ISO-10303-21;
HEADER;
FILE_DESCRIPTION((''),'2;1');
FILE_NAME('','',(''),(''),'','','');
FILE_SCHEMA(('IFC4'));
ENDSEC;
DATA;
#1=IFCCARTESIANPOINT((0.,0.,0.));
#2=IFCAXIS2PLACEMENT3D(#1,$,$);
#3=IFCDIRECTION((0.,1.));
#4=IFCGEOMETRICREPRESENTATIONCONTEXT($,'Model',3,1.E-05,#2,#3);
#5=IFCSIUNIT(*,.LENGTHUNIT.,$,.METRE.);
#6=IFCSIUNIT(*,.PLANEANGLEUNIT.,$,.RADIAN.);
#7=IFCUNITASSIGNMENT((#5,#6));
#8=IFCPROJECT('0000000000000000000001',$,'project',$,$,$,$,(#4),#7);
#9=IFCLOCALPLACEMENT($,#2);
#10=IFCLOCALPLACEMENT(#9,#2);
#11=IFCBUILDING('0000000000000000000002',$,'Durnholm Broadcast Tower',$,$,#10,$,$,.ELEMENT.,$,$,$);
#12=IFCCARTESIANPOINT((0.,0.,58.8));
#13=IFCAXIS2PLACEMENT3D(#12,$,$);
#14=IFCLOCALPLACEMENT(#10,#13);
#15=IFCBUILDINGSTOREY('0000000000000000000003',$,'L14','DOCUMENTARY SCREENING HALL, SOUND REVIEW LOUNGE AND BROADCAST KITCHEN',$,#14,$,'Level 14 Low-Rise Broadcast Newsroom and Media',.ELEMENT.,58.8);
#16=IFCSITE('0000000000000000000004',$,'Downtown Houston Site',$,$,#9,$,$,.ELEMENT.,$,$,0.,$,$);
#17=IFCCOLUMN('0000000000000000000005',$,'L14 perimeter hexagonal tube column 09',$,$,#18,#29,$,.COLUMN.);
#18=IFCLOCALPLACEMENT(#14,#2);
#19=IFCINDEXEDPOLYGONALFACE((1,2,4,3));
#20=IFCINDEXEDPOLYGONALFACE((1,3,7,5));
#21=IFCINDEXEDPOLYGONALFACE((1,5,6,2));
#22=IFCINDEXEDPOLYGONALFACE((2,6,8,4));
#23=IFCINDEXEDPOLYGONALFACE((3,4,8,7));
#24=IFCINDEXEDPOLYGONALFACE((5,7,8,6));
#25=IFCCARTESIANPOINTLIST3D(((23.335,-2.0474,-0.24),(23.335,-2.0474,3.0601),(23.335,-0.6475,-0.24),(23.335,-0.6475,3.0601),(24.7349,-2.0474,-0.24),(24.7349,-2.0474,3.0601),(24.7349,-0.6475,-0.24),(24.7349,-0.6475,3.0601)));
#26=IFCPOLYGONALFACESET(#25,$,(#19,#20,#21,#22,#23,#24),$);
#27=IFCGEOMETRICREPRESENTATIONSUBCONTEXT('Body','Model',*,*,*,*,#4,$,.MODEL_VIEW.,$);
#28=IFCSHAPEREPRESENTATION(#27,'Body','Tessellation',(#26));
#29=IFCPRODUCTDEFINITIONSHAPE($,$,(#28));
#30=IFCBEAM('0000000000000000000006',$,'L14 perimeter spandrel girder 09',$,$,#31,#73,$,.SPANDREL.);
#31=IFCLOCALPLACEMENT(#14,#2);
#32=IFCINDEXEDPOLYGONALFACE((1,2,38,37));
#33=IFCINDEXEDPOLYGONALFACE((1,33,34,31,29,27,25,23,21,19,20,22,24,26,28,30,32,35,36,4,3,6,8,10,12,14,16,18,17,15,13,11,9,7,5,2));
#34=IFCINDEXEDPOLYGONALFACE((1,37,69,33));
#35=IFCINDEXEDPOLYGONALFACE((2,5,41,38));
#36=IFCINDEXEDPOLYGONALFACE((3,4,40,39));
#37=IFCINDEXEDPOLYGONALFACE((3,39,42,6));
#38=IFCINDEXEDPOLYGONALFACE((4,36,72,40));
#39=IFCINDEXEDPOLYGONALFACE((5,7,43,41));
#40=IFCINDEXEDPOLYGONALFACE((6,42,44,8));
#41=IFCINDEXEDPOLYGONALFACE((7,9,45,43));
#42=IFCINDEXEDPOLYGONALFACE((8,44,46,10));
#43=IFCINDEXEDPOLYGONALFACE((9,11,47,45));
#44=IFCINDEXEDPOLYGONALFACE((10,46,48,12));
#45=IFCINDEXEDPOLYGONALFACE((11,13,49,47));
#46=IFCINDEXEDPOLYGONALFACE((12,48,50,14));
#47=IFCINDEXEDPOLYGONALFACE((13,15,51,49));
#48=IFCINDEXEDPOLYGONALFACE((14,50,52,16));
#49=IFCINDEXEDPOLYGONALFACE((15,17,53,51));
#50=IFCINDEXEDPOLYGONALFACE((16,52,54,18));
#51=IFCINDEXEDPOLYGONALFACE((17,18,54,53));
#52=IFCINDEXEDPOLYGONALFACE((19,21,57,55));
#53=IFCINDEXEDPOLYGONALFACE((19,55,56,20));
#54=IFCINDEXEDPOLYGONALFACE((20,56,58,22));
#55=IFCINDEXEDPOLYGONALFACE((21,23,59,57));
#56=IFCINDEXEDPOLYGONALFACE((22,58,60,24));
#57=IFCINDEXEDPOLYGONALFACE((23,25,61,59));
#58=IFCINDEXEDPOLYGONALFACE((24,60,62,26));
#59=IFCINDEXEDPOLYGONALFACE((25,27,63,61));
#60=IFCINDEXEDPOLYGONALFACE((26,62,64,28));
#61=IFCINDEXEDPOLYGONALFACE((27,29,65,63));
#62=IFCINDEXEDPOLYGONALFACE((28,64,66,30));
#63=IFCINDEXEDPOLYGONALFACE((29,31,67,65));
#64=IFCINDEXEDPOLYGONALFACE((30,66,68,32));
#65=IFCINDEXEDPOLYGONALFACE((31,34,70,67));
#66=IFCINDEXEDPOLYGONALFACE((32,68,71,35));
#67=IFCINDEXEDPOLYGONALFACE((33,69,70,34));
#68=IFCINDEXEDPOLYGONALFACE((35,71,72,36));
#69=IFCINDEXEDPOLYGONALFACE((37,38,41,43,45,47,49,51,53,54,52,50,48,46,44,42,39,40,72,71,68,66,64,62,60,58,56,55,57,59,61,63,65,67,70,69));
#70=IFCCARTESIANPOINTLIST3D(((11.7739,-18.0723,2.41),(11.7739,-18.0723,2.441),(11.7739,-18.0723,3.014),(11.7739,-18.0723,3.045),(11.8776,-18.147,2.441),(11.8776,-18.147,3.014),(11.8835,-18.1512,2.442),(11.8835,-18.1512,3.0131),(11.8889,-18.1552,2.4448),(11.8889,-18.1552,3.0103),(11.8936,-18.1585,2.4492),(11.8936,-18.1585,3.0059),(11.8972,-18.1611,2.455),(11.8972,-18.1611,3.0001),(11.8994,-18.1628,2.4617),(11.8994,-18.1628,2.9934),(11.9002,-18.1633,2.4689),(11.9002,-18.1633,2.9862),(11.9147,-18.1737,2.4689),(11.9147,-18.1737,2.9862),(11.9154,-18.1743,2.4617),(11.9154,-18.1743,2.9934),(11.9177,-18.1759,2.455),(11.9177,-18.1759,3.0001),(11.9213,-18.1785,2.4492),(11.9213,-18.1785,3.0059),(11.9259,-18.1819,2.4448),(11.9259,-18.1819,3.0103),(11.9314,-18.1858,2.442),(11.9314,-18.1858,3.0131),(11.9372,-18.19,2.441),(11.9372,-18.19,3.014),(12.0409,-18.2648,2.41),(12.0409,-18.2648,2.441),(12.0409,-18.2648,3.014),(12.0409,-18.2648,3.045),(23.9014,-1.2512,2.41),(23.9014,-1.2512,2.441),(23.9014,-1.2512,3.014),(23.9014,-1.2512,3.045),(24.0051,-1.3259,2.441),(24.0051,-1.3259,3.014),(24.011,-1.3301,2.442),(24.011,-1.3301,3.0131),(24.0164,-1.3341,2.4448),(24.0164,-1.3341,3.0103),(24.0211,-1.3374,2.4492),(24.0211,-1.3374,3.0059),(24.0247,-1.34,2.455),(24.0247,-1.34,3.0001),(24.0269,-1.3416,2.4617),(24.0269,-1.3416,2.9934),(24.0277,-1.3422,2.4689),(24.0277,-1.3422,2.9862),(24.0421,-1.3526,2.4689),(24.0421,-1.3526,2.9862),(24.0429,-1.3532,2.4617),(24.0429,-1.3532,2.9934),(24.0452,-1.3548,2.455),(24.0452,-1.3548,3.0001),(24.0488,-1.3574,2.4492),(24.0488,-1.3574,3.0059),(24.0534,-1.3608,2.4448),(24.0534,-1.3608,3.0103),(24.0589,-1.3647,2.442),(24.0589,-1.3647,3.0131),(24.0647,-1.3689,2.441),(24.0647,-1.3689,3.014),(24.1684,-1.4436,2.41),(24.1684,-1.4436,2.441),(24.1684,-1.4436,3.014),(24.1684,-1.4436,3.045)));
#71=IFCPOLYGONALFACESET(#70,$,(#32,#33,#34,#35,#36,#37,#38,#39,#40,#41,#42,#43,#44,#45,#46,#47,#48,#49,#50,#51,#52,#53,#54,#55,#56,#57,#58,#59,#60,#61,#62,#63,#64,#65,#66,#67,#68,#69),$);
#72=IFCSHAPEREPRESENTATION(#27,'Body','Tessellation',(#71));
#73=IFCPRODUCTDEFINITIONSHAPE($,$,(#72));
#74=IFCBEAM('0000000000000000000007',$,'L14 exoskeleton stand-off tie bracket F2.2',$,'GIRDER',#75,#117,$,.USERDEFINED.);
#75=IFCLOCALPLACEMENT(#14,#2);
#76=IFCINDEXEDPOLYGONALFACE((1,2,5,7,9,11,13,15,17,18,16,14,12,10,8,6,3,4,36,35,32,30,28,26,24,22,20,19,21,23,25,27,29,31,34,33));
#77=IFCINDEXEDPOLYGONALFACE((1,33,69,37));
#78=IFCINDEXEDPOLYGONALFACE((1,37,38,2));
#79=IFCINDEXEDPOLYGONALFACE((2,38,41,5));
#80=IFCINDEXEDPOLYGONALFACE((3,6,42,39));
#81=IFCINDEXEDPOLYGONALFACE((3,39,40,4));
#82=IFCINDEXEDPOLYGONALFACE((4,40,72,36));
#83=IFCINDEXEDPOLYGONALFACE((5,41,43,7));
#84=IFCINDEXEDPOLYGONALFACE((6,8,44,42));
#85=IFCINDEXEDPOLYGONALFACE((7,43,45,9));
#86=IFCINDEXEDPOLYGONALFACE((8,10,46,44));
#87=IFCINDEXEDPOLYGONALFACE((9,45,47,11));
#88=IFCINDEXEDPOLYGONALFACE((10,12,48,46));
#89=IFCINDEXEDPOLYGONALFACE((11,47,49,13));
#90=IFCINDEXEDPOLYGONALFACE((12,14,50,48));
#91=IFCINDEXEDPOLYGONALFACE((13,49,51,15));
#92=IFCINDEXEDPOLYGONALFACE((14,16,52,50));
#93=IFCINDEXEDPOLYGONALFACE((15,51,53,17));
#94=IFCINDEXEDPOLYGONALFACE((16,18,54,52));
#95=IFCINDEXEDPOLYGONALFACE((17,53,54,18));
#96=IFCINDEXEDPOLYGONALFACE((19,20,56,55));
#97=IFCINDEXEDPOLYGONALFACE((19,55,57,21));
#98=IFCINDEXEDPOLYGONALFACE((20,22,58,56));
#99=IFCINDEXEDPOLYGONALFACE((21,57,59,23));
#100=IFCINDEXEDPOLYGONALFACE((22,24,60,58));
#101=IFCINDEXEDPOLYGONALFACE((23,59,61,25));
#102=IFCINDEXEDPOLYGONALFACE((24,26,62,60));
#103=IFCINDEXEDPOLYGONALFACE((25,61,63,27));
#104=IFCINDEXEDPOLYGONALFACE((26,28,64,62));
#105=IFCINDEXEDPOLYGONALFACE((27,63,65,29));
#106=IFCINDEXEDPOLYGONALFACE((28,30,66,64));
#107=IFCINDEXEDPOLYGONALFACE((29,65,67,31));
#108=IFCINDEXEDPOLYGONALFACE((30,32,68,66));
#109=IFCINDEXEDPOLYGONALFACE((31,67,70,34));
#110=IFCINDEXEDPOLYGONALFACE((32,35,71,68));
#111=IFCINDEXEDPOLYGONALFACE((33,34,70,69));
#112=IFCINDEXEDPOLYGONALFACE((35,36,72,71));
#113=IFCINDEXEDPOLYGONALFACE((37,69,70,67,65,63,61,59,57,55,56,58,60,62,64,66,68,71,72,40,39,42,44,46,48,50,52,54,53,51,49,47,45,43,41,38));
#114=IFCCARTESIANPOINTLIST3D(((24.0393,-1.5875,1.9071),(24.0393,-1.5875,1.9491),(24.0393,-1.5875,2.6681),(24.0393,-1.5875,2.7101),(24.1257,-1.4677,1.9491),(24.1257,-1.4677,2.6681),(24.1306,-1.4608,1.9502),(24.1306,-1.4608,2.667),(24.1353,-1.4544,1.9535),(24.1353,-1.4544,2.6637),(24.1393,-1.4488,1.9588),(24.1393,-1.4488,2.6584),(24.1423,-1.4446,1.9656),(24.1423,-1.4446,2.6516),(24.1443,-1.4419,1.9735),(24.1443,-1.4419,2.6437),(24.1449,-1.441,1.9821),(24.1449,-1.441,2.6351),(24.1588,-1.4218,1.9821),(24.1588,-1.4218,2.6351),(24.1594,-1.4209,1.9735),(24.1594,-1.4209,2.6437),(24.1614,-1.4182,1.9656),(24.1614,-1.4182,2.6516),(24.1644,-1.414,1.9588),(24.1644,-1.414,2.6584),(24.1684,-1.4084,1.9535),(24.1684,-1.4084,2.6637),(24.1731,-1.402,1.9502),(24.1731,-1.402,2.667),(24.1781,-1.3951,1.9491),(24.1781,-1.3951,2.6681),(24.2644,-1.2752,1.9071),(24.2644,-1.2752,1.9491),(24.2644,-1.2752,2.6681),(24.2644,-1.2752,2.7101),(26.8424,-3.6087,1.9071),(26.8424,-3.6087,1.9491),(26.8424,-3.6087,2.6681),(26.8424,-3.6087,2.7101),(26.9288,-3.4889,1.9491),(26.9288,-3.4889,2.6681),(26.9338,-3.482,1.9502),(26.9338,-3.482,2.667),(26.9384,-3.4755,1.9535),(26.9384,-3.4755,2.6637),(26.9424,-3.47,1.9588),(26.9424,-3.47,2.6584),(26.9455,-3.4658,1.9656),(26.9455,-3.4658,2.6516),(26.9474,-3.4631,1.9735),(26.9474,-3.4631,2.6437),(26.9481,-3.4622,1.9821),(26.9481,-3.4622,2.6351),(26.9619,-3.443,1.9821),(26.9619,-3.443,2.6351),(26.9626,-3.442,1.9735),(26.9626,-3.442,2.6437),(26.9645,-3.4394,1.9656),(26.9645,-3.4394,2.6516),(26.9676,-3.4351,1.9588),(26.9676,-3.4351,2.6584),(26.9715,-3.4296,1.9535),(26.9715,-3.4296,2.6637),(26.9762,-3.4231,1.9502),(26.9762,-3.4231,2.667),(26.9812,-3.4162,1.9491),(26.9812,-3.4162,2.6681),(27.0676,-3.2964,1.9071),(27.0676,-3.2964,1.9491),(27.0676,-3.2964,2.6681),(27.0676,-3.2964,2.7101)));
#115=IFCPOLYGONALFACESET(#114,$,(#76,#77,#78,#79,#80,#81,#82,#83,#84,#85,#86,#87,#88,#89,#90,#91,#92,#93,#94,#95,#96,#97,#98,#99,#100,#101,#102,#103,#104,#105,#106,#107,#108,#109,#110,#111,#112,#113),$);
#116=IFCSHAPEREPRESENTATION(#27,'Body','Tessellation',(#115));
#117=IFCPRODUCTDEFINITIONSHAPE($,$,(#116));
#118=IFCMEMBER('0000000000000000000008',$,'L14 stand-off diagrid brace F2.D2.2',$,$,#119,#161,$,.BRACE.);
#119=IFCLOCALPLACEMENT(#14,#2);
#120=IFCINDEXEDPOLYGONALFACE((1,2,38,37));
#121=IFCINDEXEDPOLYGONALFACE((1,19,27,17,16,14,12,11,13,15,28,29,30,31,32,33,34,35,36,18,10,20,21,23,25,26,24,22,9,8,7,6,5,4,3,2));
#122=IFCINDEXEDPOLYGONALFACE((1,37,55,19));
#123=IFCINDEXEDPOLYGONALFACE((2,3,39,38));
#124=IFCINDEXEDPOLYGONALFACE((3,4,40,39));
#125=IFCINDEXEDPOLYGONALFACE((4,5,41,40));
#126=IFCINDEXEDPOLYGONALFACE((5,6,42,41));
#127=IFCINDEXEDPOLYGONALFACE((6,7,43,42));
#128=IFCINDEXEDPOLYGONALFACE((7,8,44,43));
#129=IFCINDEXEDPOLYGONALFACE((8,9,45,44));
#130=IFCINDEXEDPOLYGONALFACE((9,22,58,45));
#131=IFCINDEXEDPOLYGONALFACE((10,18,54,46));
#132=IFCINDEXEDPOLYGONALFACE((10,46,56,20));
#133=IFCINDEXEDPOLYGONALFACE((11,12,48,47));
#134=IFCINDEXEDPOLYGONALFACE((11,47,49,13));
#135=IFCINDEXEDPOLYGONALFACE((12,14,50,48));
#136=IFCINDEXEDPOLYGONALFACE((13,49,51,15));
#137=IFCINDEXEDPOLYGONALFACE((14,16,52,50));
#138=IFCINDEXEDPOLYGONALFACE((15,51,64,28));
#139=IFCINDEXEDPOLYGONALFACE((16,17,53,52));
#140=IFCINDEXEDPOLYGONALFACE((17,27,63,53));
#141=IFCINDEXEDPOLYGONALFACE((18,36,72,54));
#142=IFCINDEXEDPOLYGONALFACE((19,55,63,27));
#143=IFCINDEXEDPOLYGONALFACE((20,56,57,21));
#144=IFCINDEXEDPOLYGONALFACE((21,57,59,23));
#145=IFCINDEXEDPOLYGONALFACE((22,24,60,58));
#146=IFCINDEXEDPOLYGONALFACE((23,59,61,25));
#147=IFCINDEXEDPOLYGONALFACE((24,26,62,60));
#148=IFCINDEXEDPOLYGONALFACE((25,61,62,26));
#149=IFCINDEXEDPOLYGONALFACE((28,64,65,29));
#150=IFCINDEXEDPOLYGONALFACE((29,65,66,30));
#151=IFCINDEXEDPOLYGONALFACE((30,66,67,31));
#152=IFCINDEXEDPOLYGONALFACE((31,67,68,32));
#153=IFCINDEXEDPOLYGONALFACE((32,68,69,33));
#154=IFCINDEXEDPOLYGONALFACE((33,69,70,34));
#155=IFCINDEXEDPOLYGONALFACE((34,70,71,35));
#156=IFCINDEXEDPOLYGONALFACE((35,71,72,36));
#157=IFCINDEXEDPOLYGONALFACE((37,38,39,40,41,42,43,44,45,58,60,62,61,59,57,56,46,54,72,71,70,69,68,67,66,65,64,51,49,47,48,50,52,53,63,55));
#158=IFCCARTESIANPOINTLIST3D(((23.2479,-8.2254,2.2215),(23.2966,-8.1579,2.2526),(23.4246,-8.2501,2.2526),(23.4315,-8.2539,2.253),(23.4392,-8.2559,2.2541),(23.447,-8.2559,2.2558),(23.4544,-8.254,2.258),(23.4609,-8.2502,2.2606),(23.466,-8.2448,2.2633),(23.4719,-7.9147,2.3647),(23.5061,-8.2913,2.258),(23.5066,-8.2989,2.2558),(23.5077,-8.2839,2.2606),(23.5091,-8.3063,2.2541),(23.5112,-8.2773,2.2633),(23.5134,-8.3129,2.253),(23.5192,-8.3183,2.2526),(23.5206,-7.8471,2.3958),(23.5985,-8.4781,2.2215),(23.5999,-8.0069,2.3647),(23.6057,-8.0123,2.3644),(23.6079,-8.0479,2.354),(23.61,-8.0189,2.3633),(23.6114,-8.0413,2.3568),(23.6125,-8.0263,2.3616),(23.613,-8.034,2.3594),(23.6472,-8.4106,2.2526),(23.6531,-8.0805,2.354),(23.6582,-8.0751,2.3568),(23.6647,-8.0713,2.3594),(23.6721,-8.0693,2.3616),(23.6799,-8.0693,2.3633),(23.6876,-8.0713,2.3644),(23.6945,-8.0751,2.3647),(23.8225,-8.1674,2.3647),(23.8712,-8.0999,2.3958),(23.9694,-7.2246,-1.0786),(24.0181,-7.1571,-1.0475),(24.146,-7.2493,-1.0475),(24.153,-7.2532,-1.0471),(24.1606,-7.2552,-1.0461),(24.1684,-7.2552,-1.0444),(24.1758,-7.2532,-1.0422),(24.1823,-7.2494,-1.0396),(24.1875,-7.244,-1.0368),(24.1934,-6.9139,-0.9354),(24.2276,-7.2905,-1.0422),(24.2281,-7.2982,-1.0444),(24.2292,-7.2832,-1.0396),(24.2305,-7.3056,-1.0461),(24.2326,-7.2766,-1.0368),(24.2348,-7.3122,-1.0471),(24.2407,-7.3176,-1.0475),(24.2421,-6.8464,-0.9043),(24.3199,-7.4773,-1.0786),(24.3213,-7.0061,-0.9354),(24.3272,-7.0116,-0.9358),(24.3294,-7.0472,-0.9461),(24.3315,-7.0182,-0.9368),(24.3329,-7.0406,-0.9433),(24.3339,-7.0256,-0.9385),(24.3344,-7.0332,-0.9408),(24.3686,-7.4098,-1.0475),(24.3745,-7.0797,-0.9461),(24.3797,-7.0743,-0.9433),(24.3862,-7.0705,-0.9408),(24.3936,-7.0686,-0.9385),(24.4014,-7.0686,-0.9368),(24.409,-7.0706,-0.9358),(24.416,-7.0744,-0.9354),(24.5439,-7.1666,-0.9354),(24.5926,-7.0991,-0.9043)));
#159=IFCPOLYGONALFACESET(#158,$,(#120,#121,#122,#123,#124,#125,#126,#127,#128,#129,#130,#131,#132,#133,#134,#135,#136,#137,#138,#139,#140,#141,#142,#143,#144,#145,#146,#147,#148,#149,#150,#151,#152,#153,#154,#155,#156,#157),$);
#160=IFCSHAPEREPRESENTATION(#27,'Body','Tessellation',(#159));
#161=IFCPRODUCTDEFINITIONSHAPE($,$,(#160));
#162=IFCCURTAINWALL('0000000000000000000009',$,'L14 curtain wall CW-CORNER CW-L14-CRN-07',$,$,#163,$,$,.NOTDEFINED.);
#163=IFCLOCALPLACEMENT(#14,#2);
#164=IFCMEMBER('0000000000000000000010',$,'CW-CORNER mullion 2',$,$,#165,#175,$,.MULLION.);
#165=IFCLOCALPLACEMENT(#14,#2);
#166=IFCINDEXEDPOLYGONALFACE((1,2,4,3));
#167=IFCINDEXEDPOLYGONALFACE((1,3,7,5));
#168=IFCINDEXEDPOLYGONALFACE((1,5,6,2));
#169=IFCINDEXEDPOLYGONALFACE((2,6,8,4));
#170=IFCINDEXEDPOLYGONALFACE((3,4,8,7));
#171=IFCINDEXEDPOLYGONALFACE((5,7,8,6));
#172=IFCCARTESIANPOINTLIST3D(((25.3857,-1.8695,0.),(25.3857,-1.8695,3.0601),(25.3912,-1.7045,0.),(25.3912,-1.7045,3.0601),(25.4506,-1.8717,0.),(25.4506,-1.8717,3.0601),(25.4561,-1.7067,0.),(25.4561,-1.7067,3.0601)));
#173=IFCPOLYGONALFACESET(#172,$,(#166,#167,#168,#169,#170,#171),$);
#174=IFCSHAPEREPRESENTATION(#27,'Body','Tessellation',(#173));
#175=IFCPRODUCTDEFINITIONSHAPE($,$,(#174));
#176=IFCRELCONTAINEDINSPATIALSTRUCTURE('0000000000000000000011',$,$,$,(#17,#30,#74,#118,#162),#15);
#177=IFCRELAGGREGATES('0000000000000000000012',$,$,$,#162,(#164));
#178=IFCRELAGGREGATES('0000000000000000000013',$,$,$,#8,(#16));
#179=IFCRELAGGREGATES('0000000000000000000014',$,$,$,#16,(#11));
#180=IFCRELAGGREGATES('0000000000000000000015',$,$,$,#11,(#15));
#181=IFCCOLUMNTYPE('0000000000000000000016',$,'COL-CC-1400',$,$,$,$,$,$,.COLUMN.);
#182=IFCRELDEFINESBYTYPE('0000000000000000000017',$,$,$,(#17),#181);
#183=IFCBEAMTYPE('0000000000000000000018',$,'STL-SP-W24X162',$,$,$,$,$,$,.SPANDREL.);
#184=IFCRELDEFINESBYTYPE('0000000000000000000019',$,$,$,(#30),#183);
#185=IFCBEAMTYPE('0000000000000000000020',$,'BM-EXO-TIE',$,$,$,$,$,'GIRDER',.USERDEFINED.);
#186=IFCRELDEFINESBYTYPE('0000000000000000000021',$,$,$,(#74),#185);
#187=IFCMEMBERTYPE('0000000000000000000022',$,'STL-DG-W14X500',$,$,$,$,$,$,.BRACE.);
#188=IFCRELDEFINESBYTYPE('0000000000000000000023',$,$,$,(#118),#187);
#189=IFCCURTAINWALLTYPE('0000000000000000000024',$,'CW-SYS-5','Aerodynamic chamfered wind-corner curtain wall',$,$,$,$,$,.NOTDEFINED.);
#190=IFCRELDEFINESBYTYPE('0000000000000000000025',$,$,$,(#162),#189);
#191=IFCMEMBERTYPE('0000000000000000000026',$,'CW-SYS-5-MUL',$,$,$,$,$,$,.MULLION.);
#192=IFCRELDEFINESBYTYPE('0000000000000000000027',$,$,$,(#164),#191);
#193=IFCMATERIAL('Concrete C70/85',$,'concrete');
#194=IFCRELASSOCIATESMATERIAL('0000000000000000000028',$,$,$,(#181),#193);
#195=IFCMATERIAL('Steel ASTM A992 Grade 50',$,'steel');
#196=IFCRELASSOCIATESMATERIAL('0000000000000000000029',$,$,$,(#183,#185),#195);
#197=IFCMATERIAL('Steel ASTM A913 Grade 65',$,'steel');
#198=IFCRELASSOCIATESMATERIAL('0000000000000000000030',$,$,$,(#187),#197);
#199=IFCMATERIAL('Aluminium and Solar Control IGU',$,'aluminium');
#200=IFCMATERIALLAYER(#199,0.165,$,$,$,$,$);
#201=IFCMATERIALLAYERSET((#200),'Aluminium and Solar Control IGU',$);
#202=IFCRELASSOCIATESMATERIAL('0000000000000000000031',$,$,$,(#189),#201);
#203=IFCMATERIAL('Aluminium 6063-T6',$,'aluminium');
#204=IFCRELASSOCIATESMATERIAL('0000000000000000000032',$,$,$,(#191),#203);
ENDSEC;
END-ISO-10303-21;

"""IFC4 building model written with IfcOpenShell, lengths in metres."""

from ifc_helpers import new_model, si_unit, direction, frame, origin, origin_2d, place, context, subcontext, project, spatial, rectangle, i_section, extrude, source, transform, mapped, material, layer, layer_set, material_profile, profile_set, type_object, type_shapes, element, aggregate, save


model = new_model("IFC4")

# Units and contexts
model_context = context("Model", 3, precision=1e-05, world=origin(), true_north=direction((0.0, 1.0)))
body_context = subcontext(model_context, "Body", "Model", "MODEL_VIEW")
ifc_project = project(units=[si_unit("LENGTHUNIT", "METRE"), si_unit("PLANEANGLEUNIT", "RADIAN")], contexts=[model_context])

# Site, building, storey
site_placement = place(None, origin())
site = spatial("IfcSite", under=ifc_project, at=site_placement, Name="Downtown Houston Site", CompositionType="ELEMENT", RefElevation=0.0)
building_placement = place(site_placement, origin())
building = spatial("IfcBuilding", under=site, at=building_placement, Name="Durnholm Broadcast Tower", CompositionType="ELEMENT")
storey_placement = place(building_placement, frame((0.0, 0.0, 58.8)))
storey = spatial("IfcBuildingStorey", under=building, at=storey_placement, Name="L14", Description="DOCUMENTARY SCREENING HALL, SOUND REVIEW LOUNGE AND BROADCAST KITCHEN", LongName="Level 14 Low-Rise Broadcast Newsroom and Media", CompositionType="ELEMENT", Elevation=58.8)

# Column
ifc_material_1 = material(Name="Concrete C70/85", Category="concrete")
ifc_material_profile_1 = material_profile(ifc_material_1, rectangle(XDim=1.3999, YDim=1.3999, at=origin_2d()), Name="RC1400X1400")
ifc_profile_set_1 = profile_set([ifc_material_profile_1], Name="Concrete C70/85")
column_type = type_object("IfcColumnType", Name="COL-CC-1400", PredefinedType="COLUMN", material=ifc_profile_set_1)
shared_shape_1 = source(origin(), body_context, "Body", "SweptSolid", [
    extrude(rectangle(XDim=1.3999, YDim=1.3999, at=origin_2d()), origin(), (0.0, 0.0, 1.0), 3.3),
])
type_shapes(column_type, [shared_shape_1])
column_placement = place(storey_placement, frame((24.0349, -1.3474, -0.24), z_axis=(0.0, 0.0, 1.0), x_axis=(1.0, 0.0, 0.0)))
element("IfcColumn", 1, at=column_placement, inside=storey, type_object=column_type, Name="L14 perimeter hexagonal tube column 09", PredefinedType="COLUMN", context=body_context, shape_type="MappedRepresentation", body=[
    mapped(shared_shape_1, transform((0.0, 0.0, 0.0), x_axis=(1.0, 0.0, 0.0), y_axis=(0.0, 1.0, 0.0), z_axis=(0.0, 0.0, 1.0), scale=1.0)),
])

# Beams
ifc_material_2 = material(Name="Steel ASTM A992 Grade 50", Category="steel")
ifc_material_profile_2 = material_profile(ifc_material_2, i_section(OverallWidth=0.3291, OverallDepth=0.635, WebThickness=0.0178, FlangeThickness=0.031, FilletRadius=0.0278, at=origin_2d()), Name="W24X162")
ifc_profile_set_2 = profile_set([ifc_material_profile_2], Name="Steel ASTM A992 Grade 50")
beam_type_1 = type_object("IfcBeamType", Name="STL-SP-W24X162", PredefinedType="SPANDREL", material=ifc_profile_set_2)
shared_shape_2 = source(origin(), body_context, "Body", "SweptSolid", [
    extrude(i_section(OverallWidth=0.3291, OverallDepth=0.635, WebThickness=0.0178, FlangeThickness=0.031, FilletRadius=0.0278, at=origin_2d()), origin(), (0.0, 0.0, 1.0), 20.7371),
])
type_shapes(beam_type_1, [shared_shape_2])
beam_1_placement = place(storey_placement, frame((24.0349, -1.3474, 2.7275), z_axis=(-0.584822, -0.811162, 0.0), x_axis=(0.811162, -0.584822, 0.0)))
element("IfcBeam", 2, at=beam_1_placement, inside=storey, type_object=beam_type_1, Name="L14 perimeter spandrel girder 09", PredefinedType="SPANDREL", context=body_context, shape_type="MappedRepresentation", body=[
    mapped(shared_shape_2, transform((0.0, 0.0, 0.0), x_axis=(1.0, 0.0, 0.0), y_axis=(0.0, 1.0, 0.0), z_axis=(0.0, 0.0, 1.0), scale=1.0)),
])
ifc_material_profile_3 = material_profile(ifc_material_2, i_section(OverallWidth=0.385, OverallDepth=0.803, WebThickness=0.0237, FlangeThickness=0.042, FilletRadius=0.033, at=origin_2d()), Name="W30X261")
ifc_profile_set_3 = profile_set([ifc_material_profile_3], Name="Steel ASTM A992 Grade 50")
beam_type_2 = type_object("IfcBeamType", Name="BM-EXO-TIE", ElementType="GIRDER", PredefinedType="USERDEFINED", material=ifc_profile_set_3)
shared_shape_3 = source(origin(), body_context, "Body", "SweptSolid", [
    extrude(i_section(OverallWidth=0.385, OverallDepth=0.803, WebThickness=0.0237, FlangeThickness=0.042, FilletRadius=0.033, at=origin_2d()), origin(), (0.0, 0.0, 1.0), 3.4558),
])
type_shapes(beam_type_2, [shared_shape_3])
beam_2_placement = place(storey_placement, frame((24.1519, -1.4314, 2.3086), z_axis=(0.811134, -0.584861, 0.0), x_axis=(0.584861, 0.811134, 0.0)))
element("IfcBeam", 3, at=beam_2_placement, inside=storey, type_object=beam_type_2, Name="L14 exoskeleton stand-off tie bracket F2.2", ObjectType="GIRDER", PredefinedType="USERDEFINED", context=body_context, shape_type="MappedRepresentation", body=[
    mapped(shared_shape_3, transform((0.0, 0.0, 0.0), x_axis=(1.0, 0.0, 0.0), y_axis=(0.0, 1.0, 0.0), z_axis=(0.0, 0.0, 1.0), scale=1.0)),
])

# Member
ifc_material_3 = material(Name="Steel ASTM A913 Grade 65", Category="steel")
ifc_material_profile_4 = material_profile(ifc_material_3, i_section(OverallWidth=0.4321, OverallDepth=0.4978, WebThickness=0.0557, FlangeThickness=0.0889, FilletRadius=0.0305, at=origin_2d()), Name="W14X500")
ifc_profile_set_4 = profile_set([ifc_material_profile_4], Name="Steel ASTM A913 Grade 65")
member_type_1 = type_object("IfcMemberType", Name="STL-DG-W14X500", PredefinedType="BRACE", material=ifc_profile_set_4)
shared_shape_4 = source(origin(), body_context, "Body", "SweptSolid", [
    extrude(i_section(OverallWidth=0.4321, OverallDepth=0.4978, WebThickness=0.0557, FlangeThickness=0.0889, FilletRadius=0.0305, at=origin_2d()), origin(), (0.0, 0.0, 1.0), 3.5232),
])
type_shapes(member_type_1, [shared_shape_4])
member_1_placement = place(storey_placement, frame((24.281, -7.1619, -0.9915), z_axis=(-0.204773, -0.284049, 0.936688), x_axis=(0.811185, -0.584789, 0.0)))
element("IfcMember", 4, at=member_1_placement, inside=storey, type_object=member_type_1, Name="L14 stand-off diagrid brace F2.D2.2", PredefinedType="BRACE", context=body_context, shape_type="MappedRepresentation", body=[
    mapped(shared_shape_4, transform((0.0, 0.0, 0.0), x_axis=(1.0, 0.0, 0.0), y_axis=(0.0, 1.0, 0.0), z_axis=(0.0, 0.0, 1.0), scale=1.0)),
])

# Curtain wall, member
ifc_material_4 = material(Name="Aluminium and Solar Control IGU", Category="aluminium")
ifc_layer_1 = layer(ifc_material_4, 0.165)
ifc_layer_set_1 = layer_set([ifc_layer_1], Name="Aluminium and Solar Control IGU")
curtain_wall_type_1 = type_object("IfcCurtainWallType", Name="CW-SYS-5", Description="Aerodynamic chamfered wind-corner curtain wall", PredefinedType="NOTDEFINED", material=ifc_layer_set_1)
curtain_wall_1_placement = place(storey_placement, origin())
curtain_wall_1 = element("IfcCurtainWall", 5, at=curtain_wall_1_placement, inside=storey, type_object=curtain_wall_type_1, Name="L14 curtain wall CW-CORNER CW-L14-CRN-07", PredefinedType="NOTDEFINED")
ifc_material_5 = material(Name="Aluminium 6063-T6", Category="aluminium")
ifc_material_profile_5 = material_profile(ifc_material_5, rectangle(XDim=0.0649, YDim=0.165, at=origin_2d()), Name="CWM65X165")
ifc_profile_set_5 = profile_set([ifc_material_profile_5], Name="Aluminium 6063-T6")
member_type_2 = type_object("IfcMemberType", Name="CW-SYS-5-MUL", PredefinedType="MULLION", material=ifc_profile_set_5)
shared_shape_5 = source(origin(), body_context, "Body", "SweptSolid", [
    extrude(rectangle(XDim=0.0649, YDim=0.165, at=origin_2d()), origin(), (0.0, 0.0, 1.0), 3.0601),
])
type_shapes(member_type_2, [shared_shape_5])
member_2_placement = place(storey_placement, frame((25.4209, -1.7881, 0.0), z_axis=(0.0, 0.0, 1.0), x_axis=(0.999427, -0.03384, 0.0)))
member_2 = element("IfcMember", 6, at=member_2_placement, type_object=member_type_2, Name="CW-CORNER mullion 2", PredefinedType="MULLION", context=body_context, shape_type="MappedRepresentation", body=[
    mapped(shared_shape_5, transform((0.0, 0.0, 0.0), x_axis=(1.0, 0.0, 0.0), y_axis=(0.0, 1.0, 0.0), z_axis=(0.0, 0.0, 1.0), scale=1.0)),
])

aggregate(curtain_wall_1, [member_2])

save(model, "model.ifc")
